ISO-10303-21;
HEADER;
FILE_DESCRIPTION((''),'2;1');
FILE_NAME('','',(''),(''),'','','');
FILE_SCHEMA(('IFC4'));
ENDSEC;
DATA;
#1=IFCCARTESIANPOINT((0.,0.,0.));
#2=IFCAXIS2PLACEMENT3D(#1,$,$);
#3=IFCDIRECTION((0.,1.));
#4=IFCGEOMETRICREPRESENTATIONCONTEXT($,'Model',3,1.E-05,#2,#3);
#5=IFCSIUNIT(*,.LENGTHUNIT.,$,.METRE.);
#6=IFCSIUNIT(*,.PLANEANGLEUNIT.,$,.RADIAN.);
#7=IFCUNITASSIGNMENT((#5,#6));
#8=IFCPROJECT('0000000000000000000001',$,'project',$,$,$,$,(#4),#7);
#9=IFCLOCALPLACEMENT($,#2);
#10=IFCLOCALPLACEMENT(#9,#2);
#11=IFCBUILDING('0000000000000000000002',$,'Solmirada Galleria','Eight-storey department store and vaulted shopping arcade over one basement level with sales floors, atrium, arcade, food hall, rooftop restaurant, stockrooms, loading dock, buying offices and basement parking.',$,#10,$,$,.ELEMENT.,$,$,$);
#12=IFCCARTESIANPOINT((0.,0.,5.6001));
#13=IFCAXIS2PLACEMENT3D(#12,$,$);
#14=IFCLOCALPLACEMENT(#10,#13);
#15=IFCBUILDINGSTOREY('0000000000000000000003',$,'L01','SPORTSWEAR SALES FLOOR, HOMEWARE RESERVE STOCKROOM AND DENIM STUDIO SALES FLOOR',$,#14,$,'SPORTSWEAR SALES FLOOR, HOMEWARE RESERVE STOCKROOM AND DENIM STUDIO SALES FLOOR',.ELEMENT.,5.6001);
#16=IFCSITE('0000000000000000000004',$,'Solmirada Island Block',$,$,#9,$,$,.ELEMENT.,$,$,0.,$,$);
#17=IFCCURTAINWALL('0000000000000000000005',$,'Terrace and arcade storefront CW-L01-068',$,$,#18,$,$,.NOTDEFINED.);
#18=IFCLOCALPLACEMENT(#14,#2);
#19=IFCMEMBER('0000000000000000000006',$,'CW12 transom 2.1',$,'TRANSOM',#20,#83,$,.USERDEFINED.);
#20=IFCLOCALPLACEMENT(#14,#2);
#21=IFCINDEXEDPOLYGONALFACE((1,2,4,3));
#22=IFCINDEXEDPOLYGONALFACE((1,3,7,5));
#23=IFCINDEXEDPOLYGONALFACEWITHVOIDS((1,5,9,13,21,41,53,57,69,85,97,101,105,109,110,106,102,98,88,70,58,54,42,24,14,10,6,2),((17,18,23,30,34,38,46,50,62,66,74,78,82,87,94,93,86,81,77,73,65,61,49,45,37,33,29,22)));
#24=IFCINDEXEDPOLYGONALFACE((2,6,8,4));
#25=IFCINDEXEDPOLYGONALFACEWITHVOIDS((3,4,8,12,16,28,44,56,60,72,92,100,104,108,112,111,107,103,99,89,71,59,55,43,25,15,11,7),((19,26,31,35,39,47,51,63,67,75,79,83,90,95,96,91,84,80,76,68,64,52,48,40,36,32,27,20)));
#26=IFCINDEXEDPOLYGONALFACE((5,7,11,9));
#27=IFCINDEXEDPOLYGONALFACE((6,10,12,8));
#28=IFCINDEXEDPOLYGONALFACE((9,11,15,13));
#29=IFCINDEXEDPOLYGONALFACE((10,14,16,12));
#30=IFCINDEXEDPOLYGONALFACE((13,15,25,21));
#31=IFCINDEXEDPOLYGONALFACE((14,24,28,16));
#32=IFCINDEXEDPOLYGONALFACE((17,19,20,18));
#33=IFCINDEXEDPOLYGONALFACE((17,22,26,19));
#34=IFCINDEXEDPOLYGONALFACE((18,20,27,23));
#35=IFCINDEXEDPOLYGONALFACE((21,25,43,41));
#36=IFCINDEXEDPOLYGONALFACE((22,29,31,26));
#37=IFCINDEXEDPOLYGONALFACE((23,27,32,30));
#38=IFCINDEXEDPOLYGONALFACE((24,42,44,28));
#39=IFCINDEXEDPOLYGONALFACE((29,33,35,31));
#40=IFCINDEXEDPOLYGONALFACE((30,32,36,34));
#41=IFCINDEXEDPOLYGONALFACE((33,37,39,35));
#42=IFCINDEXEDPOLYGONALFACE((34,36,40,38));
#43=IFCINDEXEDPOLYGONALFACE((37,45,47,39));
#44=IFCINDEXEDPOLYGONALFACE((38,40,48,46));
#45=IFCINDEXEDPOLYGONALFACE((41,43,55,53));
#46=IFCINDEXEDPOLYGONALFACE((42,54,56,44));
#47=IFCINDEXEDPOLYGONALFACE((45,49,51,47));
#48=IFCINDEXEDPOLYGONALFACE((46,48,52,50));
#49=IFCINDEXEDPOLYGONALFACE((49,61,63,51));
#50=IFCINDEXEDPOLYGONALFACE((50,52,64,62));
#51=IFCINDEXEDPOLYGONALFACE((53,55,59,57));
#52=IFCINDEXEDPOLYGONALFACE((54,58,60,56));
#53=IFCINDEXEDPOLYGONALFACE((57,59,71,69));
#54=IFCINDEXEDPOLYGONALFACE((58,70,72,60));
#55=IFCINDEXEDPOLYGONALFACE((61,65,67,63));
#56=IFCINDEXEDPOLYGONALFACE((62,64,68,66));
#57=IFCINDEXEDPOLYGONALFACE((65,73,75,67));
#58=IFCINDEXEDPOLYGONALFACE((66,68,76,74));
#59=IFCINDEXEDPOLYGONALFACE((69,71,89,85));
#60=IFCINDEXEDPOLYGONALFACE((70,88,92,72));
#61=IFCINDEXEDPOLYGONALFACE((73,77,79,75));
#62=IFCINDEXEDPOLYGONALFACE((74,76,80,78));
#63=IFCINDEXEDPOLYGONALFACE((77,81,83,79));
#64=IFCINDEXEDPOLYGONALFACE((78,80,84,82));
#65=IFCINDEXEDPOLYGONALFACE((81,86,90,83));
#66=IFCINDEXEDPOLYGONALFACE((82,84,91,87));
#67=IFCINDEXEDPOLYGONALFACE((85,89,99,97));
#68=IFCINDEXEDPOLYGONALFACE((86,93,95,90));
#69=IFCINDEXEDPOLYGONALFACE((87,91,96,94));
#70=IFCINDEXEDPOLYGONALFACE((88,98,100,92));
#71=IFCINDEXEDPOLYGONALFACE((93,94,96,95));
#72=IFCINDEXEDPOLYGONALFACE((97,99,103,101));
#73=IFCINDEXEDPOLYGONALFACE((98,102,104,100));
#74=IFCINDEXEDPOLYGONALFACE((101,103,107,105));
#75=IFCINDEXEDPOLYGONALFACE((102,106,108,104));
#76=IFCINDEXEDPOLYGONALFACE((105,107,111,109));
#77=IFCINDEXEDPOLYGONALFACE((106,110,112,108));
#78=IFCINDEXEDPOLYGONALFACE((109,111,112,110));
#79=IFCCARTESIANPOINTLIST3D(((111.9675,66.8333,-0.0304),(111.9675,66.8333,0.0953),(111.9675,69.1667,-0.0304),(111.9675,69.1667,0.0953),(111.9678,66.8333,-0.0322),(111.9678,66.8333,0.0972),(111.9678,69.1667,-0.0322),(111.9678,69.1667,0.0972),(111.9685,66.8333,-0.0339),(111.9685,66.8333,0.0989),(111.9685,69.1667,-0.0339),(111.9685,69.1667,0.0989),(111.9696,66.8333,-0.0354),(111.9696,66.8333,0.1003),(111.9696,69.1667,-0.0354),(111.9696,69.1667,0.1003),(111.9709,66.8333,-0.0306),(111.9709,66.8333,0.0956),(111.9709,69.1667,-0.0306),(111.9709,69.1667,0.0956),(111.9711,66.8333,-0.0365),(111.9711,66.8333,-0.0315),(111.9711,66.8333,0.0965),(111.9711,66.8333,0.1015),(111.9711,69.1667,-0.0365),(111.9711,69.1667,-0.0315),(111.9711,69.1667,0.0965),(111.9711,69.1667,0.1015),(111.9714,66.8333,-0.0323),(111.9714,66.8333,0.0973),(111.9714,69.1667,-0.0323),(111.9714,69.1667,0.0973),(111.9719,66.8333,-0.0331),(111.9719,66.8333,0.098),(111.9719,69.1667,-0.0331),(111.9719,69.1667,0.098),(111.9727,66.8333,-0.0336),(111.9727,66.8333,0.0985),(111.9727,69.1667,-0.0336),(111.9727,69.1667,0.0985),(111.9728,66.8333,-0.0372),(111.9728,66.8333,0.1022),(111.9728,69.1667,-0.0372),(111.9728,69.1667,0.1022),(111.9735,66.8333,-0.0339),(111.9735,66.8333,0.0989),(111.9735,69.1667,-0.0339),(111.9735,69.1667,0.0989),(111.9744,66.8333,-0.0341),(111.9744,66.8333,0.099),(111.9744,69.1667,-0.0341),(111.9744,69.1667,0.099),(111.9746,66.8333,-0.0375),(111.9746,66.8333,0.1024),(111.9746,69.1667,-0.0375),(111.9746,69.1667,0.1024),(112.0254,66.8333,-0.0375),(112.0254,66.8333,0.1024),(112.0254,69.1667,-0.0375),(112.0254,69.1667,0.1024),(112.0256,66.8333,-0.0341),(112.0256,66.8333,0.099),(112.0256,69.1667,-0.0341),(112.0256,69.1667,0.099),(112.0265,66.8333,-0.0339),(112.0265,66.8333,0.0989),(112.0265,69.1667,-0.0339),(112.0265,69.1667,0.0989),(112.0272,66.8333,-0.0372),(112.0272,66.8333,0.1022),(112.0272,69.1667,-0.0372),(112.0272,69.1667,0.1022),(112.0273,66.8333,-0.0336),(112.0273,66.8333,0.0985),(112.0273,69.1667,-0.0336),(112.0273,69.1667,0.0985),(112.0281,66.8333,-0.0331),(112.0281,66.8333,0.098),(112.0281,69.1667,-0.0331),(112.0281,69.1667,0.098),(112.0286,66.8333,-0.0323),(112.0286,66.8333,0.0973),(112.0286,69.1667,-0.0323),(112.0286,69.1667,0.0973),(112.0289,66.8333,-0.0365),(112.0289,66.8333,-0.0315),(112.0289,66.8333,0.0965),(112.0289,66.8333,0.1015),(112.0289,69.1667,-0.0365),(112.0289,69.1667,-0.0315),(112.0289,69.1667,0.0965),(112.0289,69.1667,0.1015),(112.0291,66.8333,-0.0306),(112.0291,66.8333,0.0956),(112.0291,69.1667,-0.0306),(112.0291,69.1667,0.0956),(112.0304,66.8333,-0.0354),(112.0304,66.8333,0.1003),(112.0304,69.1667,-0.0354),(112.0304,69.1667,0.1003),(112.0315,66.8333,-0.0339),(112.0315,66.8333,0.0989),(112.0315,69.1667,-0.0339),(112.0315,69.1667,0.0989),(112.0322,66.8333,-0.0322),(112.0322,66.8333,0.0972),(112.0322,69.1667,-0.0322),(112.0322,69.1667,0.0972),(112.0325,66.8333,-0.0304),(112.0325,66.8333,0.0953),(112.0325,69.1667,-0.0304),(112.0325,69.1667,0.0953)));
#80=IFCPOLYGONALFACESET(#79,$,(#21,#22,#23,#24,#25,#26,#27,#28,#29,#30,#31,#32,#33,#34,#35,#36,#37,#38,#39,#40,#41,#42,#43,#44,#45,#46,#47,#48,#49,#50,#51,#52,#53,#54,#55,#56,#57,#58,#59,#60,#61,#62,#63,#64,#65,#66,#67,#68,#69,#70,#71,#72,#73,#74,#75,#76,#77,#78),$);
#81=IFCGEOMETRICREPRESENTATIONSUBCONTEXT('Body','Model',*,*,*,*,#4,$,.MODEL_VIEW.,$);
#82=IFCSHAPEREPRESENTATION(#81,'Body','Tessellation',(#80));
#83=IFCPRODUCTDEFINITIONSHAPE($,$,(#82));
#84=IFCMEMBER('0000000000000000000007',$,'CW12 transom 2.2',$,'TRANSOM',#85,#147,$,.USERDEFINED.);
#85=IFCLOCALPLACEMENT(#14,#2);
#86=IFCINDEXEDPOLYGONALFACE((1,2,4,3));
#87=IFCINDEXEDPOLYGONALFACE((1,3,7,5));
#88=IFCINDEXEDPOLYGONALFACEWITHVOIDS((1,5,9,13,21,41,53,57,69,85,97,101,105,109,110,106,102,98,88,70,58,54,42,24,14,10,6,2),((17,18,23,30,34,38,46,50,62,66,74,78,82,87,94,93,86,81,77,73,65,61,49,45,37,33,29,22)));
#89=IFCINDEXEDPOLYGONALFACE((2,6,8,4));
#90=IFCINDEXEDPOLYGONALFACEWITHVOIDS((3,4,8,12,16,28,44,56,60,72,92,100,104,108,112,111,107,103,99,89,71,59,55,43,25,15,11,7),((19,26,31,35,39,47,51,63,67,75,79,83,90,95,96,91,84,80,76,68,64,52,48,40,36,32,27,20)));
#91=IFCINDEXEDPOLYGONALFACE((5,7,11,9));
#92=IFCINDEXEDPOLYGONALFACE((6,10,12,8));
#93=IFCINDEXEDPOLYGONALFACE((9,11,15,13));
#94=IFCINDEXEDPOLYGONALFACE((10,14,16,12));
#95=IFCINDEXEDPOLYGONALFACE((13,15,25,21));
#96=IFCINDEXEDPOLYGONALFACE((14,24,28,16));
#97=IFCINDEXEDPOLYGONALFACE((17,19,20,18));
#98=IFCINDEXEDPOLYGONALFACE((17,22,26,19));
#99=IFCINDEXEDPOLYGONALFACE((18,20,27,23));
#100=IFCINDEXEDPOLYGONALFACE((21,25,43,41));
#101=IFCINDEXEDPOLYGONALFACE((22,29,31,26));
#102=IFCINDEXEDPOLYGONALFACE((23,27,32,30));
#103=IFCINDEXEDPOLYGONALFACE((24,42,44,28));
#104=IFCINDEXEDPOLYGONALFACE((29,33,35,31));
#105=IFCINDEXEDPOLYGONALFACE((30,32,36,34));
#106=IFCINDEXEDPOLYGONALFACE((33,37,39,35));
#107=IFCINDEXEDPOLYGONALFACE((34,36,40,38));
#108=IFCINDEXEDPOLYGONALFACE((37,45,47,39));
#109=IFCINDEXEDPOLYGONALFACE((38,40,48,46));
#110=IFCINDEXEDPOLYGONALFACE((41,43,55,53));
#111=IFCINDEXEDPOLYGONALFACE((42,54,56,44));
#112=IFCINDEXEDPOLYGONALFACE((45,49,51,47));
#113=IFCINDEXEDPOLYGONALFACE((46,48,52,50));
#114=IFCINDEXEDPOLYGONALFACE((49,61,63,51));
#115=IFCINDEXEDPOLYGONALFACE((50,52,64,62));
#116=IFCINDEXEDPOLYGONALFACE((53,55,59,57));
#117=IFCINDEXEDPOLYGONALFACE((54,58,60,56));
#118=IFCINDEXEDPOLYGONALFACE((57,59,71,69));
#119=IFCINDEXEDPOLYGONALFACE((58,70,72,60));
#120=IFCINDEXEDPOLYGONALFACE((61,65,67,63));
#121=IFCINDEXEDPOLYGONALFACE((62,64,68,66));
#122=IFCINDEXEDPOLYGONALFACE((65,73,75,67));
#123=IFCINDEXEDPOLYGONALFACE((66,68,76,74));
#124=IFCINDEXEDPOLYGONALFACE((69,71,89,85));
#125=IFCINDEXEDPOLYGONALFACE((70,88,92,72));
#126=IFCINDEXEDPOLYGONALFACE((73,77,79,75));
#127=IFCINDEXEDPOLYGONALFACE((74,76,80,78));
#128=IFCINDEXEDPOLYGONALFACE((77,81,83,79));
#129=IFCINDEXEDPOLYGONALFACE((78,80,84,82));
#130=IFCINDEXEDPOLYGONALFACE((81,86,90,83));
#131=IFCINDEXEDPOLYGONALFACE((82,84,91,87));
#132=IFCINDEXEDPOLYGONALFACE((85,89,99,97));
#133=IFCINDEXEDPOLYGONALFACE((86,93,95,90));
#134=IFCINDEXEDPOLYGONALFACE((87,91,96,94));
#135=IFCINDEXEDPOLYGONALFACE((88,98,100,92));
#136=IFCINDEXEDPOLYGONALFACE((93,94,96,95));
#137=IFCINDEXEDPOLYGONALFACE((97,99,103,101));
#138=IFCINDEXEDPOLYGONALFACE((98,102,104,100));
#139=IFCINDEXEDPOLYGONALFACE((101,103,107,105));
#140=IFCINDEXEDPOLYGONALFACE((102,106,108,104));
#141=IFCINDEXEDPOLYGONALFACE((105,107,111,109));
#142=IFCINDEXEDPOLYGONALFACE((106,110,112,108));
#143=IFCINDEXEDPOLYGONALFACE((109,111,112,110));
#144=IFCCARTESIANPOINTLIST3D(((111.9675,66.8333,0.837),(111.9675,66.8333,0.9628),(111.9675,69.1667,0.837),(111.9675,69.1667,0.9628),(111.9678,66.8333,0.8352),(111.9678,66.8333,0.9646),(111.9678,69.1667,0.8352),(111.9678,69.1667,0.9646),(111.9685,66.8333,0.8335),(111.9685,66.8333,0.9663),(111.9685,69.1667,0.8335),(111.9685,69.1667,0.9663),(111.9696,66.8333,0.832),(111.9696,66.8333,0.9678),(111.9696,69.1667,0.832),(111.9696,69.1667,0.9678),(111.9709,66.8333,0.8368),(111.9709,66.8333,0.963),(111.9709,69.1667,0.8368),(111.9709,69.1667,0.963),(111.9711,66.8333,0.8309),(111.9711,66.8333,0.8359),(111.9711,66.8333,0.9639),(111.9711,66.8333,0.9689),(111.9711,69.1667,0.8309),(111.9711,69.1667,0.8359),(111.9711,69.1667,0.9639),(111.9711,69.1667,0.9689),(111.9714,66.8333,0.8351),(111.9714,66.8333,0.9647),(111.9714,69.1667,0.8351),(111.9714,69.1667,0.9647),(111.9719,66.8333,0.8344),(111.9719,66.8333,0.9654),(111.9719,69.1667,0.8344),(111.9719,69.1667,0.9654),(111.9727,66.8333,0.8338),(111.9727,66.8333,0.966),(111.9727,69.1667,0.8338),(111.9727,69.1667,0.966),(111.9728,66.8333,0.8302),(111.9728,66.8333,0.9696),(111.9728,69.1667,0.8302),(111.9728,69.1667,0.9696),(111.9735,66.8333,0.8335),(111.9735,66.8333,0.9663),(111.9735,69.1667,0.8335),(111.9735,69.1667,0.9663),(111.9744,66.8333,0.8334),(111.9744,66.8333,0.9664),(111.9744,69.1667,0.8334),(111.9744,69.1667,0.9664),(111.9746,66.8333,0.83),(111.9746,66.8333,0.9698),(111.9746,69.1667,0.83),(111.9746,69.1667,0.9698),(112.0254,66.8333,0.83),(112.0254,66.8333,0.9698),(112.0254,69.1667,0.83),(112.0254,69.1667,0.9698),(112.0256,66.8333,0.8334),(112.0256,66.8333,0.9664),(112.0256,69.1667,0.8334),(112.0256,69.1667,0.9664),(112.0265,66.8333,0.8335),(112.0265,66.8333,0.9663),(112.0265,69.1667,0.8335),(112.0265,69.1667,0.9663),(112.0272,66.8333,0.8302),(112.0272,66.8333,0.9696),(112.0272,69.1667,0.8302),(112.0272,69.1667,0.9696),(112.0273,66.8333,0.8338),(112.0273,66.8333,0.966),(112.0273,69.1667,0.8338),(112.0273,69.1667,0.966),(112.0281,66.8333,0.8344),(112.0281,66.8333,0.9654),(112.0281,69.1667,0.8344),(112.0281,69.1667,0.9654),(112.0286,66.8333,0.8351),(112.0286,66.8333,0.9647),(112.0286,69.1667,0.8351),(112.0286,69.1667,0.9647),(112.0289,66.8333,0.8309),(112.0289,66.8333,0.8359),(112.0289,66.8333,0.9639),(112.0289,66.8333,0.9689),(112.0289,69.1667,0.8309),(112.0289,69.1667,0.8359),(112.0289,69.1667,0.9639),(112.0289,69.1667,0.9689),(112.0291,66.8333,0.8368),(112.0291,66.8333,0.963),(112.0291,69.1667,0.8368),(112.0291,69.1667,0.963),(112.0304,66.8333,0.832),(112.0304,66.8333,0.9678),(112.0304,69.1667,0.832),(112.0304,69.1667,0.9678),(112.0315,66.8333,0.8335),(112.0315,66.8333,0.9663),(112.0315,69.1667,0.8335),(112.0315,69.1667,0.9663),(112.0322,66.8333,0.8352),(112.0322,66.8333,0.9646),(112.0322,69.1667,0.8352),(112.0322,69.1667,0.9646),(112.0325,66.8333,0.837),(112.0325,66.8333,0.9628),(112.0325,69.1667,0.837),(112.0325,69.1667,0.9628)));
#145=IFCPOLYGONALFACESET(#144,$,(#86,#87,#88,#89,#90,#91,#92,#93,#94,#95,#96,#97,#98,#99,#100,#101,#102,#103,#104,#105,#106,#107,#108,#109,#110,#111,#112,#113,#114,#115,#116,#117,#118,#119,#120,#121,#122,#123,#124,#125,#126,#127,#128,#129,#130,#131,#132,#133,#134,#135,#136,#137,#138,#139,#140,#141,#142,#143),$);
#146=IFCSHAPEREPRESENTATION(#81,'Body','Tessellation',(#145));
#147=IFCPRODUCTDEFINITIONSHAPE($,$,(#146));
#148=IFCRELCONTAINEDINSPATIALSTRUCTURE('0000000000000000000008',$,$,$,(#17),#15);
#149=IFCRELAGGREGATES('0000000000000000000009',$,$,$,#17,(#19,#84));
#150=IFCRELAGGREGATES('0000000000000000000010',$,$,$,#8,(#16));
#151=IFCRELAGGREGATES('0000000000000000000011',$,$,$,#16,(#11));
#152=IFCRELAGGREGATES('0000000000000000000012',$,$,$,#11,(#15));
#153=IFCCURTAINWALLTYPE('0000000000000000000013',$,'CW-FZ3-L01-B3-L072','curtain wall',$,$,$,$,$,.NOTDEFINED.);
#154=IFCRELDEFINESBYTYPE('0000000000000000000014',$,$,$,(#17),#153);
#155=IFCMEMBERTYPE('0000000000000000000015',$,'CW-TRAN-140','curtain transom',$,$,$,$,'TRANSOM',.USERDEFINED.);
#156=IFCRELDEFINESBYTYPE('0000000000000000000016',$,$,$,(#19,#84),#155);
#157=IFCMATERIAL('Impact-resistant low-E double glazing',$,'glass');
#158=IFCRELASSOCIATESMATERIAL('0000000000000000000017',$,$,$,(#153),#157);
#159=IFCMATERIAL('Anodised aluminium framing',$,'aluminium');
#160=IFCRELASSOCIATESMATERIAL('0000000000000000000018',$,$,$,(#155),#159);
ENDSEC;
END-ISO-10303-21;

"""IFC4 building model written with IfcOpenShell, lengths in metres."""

from ifc_helpers import new_model, si_unit, direction, frame, origin, origin_2d, place, context, subcontext, project, spatial, hollow_rectangle, extrude, material, material_profile, profile_set, type_object, element, aggregate, save


model = new_model("IFC4")

# Units and contexts
model_context = context("Model", 3, precision=1e-05, world=origin(), true_north=direction((0.0, 1.0)))
body_context = subcontext(model_context, "Body", "Model", "MODEL_VIEW")
ifc_project = project(units=[si_unit("LENGTHUNIT", "METRE"), si_unit("PLANEANGLEUNIT", "RADIAN")], contexts=[model_context])

# Site, building, storey
site_placement = place(None, origin())
site = spatial("IfcSite", under=ifc_project, at=site_placement, Name="Solmirada Island Block", CompositionType="ELEMENT", RefElevation=0.0)
building_placement = place(site_placement, origin())
building = spatial("IfcBuilding", under=site, at=building_placement, Name="Solmirada Galleria", Description="Eight-storey department store and vaulted shopping arcade over one basement level with sales floors, atrium, arcade, food hall, rooftop restaurant, stockrooms, loading dock, buying offices and basement parking.", CompositionType="ELEMENT")
storey_placement = place(building_placement, frame((0.0, 0.0, 5.6001)))
storey = spatial("IfcBuildingStorey", under=building, at=storey_placement, Name="L01", Description="SPORTSWEAR SALES FLOOR, HOMEWARE RESERVE STOCKROOM AND DENIM STUDIO SALES FLOOR", LongName="SPORTSWEAR SALES FLOOR, HOMEWARE RESERVE STOCKROOM AND DENIM STUDIO SALES FLOOR", CompositionType="ELEMENT", Elevation=5.6001)

# Shared definitions
ifc_material_1 = material(Name="Impact-resistant low-E double glazing", Category="glass")
ifc_material_2 = material(Name="Anodised aluminium framing", Category="aluminium")

# Curtain wall
curtain_wall_type_1 = type_object("IfcCurtainWallType", Name="CW-FZ3-L01-B3-L072", Description="curtain wall", PredefinedType="NOTDEFINED", material=ifc_material_1)
curtain_wall_1_placement = place(storey_placement, origin())
curtain_wall_1 = element("IfcCurtainWall", 1, at=curtain_wall_1_placement, inside=storey, type_object=curtain_wall_type_1, Name="Terrace and arcade storefront CW-L01-068", PredefinedType="NOTDEFINED")

# Members
ifc_material_profile_1 = material_profile(ifc_material_2, hollow_rectangle(XDim=0.0649, YDim=0.1399, WallThickness=0.0034, InnerFilletRadius=0.0034, OuterFilletRadius=0.0071, at=origin_2d()), Name="ALU-TRAN-140X65")
ifc_profile_set_1 = profile_set([ifc_material_profile_1], Name="Anodised aluminium framing")
member_type_1 = type_object("IfcMemberType", Name="CW-TRAN-140", Description="curtain transom", ElementType="TRANSOM", PredefinedType="USERDEFINED", material=ifc_profile_set_1)
member_1_placement = place(storey_placement, frame((112.0, 69.1667, 0.0325), z_axis=(0.0, -1.0, 0.0), x_axis=(1.0, 0.0, 0.0)))
member_1 = element("IfcMember", 2, at=member_1_placement, type_object=member_type_1, Name="CW12 transom 2.1", ObjectType="TRANSOM", PredefinedType="USERDEFINED", context=body_context, shape_type="SweptSolid", body=[
    extrude(hollow_rectangle(XDim=0.0649, YDim=0.1399, WallThickness=0.0034, InnerFilletRadius=0.0034, OuterFilletRadius=0.0071, at=origin_2d()), origin(), (0.0, 0.0, 1.0), 2.3335),
])
member_2_placement = place(storey_placement, frame((112.0, 69.1667, 0.8999), z_axis=(0.0, -1.0, 0.0), x_axis=(1.0, 0.0, 0.0)))
member_2 = element("IfcMember", 3, at=member_2_placement, type_object=member_type_1, Name="CW12 transom 2.2", ObjectType="TRANSOM", PredefinedType="USERDEFINED", context=body_context, shape_type="SweptSolid", body=[
    extrude(hollow_rectangle(XDim=0.0649, YDim=0.1399, WallThickness=0.0034, InnerFilletRadius=0.0034, OuterFilletRadius=0.0071, at=origin_2d()), origin(), (0.0, 0.0, 1.0), 2.3335),
])

aggregate(curtain_wall_1, [member_1, member_2])

save(model, "model.ifc")
